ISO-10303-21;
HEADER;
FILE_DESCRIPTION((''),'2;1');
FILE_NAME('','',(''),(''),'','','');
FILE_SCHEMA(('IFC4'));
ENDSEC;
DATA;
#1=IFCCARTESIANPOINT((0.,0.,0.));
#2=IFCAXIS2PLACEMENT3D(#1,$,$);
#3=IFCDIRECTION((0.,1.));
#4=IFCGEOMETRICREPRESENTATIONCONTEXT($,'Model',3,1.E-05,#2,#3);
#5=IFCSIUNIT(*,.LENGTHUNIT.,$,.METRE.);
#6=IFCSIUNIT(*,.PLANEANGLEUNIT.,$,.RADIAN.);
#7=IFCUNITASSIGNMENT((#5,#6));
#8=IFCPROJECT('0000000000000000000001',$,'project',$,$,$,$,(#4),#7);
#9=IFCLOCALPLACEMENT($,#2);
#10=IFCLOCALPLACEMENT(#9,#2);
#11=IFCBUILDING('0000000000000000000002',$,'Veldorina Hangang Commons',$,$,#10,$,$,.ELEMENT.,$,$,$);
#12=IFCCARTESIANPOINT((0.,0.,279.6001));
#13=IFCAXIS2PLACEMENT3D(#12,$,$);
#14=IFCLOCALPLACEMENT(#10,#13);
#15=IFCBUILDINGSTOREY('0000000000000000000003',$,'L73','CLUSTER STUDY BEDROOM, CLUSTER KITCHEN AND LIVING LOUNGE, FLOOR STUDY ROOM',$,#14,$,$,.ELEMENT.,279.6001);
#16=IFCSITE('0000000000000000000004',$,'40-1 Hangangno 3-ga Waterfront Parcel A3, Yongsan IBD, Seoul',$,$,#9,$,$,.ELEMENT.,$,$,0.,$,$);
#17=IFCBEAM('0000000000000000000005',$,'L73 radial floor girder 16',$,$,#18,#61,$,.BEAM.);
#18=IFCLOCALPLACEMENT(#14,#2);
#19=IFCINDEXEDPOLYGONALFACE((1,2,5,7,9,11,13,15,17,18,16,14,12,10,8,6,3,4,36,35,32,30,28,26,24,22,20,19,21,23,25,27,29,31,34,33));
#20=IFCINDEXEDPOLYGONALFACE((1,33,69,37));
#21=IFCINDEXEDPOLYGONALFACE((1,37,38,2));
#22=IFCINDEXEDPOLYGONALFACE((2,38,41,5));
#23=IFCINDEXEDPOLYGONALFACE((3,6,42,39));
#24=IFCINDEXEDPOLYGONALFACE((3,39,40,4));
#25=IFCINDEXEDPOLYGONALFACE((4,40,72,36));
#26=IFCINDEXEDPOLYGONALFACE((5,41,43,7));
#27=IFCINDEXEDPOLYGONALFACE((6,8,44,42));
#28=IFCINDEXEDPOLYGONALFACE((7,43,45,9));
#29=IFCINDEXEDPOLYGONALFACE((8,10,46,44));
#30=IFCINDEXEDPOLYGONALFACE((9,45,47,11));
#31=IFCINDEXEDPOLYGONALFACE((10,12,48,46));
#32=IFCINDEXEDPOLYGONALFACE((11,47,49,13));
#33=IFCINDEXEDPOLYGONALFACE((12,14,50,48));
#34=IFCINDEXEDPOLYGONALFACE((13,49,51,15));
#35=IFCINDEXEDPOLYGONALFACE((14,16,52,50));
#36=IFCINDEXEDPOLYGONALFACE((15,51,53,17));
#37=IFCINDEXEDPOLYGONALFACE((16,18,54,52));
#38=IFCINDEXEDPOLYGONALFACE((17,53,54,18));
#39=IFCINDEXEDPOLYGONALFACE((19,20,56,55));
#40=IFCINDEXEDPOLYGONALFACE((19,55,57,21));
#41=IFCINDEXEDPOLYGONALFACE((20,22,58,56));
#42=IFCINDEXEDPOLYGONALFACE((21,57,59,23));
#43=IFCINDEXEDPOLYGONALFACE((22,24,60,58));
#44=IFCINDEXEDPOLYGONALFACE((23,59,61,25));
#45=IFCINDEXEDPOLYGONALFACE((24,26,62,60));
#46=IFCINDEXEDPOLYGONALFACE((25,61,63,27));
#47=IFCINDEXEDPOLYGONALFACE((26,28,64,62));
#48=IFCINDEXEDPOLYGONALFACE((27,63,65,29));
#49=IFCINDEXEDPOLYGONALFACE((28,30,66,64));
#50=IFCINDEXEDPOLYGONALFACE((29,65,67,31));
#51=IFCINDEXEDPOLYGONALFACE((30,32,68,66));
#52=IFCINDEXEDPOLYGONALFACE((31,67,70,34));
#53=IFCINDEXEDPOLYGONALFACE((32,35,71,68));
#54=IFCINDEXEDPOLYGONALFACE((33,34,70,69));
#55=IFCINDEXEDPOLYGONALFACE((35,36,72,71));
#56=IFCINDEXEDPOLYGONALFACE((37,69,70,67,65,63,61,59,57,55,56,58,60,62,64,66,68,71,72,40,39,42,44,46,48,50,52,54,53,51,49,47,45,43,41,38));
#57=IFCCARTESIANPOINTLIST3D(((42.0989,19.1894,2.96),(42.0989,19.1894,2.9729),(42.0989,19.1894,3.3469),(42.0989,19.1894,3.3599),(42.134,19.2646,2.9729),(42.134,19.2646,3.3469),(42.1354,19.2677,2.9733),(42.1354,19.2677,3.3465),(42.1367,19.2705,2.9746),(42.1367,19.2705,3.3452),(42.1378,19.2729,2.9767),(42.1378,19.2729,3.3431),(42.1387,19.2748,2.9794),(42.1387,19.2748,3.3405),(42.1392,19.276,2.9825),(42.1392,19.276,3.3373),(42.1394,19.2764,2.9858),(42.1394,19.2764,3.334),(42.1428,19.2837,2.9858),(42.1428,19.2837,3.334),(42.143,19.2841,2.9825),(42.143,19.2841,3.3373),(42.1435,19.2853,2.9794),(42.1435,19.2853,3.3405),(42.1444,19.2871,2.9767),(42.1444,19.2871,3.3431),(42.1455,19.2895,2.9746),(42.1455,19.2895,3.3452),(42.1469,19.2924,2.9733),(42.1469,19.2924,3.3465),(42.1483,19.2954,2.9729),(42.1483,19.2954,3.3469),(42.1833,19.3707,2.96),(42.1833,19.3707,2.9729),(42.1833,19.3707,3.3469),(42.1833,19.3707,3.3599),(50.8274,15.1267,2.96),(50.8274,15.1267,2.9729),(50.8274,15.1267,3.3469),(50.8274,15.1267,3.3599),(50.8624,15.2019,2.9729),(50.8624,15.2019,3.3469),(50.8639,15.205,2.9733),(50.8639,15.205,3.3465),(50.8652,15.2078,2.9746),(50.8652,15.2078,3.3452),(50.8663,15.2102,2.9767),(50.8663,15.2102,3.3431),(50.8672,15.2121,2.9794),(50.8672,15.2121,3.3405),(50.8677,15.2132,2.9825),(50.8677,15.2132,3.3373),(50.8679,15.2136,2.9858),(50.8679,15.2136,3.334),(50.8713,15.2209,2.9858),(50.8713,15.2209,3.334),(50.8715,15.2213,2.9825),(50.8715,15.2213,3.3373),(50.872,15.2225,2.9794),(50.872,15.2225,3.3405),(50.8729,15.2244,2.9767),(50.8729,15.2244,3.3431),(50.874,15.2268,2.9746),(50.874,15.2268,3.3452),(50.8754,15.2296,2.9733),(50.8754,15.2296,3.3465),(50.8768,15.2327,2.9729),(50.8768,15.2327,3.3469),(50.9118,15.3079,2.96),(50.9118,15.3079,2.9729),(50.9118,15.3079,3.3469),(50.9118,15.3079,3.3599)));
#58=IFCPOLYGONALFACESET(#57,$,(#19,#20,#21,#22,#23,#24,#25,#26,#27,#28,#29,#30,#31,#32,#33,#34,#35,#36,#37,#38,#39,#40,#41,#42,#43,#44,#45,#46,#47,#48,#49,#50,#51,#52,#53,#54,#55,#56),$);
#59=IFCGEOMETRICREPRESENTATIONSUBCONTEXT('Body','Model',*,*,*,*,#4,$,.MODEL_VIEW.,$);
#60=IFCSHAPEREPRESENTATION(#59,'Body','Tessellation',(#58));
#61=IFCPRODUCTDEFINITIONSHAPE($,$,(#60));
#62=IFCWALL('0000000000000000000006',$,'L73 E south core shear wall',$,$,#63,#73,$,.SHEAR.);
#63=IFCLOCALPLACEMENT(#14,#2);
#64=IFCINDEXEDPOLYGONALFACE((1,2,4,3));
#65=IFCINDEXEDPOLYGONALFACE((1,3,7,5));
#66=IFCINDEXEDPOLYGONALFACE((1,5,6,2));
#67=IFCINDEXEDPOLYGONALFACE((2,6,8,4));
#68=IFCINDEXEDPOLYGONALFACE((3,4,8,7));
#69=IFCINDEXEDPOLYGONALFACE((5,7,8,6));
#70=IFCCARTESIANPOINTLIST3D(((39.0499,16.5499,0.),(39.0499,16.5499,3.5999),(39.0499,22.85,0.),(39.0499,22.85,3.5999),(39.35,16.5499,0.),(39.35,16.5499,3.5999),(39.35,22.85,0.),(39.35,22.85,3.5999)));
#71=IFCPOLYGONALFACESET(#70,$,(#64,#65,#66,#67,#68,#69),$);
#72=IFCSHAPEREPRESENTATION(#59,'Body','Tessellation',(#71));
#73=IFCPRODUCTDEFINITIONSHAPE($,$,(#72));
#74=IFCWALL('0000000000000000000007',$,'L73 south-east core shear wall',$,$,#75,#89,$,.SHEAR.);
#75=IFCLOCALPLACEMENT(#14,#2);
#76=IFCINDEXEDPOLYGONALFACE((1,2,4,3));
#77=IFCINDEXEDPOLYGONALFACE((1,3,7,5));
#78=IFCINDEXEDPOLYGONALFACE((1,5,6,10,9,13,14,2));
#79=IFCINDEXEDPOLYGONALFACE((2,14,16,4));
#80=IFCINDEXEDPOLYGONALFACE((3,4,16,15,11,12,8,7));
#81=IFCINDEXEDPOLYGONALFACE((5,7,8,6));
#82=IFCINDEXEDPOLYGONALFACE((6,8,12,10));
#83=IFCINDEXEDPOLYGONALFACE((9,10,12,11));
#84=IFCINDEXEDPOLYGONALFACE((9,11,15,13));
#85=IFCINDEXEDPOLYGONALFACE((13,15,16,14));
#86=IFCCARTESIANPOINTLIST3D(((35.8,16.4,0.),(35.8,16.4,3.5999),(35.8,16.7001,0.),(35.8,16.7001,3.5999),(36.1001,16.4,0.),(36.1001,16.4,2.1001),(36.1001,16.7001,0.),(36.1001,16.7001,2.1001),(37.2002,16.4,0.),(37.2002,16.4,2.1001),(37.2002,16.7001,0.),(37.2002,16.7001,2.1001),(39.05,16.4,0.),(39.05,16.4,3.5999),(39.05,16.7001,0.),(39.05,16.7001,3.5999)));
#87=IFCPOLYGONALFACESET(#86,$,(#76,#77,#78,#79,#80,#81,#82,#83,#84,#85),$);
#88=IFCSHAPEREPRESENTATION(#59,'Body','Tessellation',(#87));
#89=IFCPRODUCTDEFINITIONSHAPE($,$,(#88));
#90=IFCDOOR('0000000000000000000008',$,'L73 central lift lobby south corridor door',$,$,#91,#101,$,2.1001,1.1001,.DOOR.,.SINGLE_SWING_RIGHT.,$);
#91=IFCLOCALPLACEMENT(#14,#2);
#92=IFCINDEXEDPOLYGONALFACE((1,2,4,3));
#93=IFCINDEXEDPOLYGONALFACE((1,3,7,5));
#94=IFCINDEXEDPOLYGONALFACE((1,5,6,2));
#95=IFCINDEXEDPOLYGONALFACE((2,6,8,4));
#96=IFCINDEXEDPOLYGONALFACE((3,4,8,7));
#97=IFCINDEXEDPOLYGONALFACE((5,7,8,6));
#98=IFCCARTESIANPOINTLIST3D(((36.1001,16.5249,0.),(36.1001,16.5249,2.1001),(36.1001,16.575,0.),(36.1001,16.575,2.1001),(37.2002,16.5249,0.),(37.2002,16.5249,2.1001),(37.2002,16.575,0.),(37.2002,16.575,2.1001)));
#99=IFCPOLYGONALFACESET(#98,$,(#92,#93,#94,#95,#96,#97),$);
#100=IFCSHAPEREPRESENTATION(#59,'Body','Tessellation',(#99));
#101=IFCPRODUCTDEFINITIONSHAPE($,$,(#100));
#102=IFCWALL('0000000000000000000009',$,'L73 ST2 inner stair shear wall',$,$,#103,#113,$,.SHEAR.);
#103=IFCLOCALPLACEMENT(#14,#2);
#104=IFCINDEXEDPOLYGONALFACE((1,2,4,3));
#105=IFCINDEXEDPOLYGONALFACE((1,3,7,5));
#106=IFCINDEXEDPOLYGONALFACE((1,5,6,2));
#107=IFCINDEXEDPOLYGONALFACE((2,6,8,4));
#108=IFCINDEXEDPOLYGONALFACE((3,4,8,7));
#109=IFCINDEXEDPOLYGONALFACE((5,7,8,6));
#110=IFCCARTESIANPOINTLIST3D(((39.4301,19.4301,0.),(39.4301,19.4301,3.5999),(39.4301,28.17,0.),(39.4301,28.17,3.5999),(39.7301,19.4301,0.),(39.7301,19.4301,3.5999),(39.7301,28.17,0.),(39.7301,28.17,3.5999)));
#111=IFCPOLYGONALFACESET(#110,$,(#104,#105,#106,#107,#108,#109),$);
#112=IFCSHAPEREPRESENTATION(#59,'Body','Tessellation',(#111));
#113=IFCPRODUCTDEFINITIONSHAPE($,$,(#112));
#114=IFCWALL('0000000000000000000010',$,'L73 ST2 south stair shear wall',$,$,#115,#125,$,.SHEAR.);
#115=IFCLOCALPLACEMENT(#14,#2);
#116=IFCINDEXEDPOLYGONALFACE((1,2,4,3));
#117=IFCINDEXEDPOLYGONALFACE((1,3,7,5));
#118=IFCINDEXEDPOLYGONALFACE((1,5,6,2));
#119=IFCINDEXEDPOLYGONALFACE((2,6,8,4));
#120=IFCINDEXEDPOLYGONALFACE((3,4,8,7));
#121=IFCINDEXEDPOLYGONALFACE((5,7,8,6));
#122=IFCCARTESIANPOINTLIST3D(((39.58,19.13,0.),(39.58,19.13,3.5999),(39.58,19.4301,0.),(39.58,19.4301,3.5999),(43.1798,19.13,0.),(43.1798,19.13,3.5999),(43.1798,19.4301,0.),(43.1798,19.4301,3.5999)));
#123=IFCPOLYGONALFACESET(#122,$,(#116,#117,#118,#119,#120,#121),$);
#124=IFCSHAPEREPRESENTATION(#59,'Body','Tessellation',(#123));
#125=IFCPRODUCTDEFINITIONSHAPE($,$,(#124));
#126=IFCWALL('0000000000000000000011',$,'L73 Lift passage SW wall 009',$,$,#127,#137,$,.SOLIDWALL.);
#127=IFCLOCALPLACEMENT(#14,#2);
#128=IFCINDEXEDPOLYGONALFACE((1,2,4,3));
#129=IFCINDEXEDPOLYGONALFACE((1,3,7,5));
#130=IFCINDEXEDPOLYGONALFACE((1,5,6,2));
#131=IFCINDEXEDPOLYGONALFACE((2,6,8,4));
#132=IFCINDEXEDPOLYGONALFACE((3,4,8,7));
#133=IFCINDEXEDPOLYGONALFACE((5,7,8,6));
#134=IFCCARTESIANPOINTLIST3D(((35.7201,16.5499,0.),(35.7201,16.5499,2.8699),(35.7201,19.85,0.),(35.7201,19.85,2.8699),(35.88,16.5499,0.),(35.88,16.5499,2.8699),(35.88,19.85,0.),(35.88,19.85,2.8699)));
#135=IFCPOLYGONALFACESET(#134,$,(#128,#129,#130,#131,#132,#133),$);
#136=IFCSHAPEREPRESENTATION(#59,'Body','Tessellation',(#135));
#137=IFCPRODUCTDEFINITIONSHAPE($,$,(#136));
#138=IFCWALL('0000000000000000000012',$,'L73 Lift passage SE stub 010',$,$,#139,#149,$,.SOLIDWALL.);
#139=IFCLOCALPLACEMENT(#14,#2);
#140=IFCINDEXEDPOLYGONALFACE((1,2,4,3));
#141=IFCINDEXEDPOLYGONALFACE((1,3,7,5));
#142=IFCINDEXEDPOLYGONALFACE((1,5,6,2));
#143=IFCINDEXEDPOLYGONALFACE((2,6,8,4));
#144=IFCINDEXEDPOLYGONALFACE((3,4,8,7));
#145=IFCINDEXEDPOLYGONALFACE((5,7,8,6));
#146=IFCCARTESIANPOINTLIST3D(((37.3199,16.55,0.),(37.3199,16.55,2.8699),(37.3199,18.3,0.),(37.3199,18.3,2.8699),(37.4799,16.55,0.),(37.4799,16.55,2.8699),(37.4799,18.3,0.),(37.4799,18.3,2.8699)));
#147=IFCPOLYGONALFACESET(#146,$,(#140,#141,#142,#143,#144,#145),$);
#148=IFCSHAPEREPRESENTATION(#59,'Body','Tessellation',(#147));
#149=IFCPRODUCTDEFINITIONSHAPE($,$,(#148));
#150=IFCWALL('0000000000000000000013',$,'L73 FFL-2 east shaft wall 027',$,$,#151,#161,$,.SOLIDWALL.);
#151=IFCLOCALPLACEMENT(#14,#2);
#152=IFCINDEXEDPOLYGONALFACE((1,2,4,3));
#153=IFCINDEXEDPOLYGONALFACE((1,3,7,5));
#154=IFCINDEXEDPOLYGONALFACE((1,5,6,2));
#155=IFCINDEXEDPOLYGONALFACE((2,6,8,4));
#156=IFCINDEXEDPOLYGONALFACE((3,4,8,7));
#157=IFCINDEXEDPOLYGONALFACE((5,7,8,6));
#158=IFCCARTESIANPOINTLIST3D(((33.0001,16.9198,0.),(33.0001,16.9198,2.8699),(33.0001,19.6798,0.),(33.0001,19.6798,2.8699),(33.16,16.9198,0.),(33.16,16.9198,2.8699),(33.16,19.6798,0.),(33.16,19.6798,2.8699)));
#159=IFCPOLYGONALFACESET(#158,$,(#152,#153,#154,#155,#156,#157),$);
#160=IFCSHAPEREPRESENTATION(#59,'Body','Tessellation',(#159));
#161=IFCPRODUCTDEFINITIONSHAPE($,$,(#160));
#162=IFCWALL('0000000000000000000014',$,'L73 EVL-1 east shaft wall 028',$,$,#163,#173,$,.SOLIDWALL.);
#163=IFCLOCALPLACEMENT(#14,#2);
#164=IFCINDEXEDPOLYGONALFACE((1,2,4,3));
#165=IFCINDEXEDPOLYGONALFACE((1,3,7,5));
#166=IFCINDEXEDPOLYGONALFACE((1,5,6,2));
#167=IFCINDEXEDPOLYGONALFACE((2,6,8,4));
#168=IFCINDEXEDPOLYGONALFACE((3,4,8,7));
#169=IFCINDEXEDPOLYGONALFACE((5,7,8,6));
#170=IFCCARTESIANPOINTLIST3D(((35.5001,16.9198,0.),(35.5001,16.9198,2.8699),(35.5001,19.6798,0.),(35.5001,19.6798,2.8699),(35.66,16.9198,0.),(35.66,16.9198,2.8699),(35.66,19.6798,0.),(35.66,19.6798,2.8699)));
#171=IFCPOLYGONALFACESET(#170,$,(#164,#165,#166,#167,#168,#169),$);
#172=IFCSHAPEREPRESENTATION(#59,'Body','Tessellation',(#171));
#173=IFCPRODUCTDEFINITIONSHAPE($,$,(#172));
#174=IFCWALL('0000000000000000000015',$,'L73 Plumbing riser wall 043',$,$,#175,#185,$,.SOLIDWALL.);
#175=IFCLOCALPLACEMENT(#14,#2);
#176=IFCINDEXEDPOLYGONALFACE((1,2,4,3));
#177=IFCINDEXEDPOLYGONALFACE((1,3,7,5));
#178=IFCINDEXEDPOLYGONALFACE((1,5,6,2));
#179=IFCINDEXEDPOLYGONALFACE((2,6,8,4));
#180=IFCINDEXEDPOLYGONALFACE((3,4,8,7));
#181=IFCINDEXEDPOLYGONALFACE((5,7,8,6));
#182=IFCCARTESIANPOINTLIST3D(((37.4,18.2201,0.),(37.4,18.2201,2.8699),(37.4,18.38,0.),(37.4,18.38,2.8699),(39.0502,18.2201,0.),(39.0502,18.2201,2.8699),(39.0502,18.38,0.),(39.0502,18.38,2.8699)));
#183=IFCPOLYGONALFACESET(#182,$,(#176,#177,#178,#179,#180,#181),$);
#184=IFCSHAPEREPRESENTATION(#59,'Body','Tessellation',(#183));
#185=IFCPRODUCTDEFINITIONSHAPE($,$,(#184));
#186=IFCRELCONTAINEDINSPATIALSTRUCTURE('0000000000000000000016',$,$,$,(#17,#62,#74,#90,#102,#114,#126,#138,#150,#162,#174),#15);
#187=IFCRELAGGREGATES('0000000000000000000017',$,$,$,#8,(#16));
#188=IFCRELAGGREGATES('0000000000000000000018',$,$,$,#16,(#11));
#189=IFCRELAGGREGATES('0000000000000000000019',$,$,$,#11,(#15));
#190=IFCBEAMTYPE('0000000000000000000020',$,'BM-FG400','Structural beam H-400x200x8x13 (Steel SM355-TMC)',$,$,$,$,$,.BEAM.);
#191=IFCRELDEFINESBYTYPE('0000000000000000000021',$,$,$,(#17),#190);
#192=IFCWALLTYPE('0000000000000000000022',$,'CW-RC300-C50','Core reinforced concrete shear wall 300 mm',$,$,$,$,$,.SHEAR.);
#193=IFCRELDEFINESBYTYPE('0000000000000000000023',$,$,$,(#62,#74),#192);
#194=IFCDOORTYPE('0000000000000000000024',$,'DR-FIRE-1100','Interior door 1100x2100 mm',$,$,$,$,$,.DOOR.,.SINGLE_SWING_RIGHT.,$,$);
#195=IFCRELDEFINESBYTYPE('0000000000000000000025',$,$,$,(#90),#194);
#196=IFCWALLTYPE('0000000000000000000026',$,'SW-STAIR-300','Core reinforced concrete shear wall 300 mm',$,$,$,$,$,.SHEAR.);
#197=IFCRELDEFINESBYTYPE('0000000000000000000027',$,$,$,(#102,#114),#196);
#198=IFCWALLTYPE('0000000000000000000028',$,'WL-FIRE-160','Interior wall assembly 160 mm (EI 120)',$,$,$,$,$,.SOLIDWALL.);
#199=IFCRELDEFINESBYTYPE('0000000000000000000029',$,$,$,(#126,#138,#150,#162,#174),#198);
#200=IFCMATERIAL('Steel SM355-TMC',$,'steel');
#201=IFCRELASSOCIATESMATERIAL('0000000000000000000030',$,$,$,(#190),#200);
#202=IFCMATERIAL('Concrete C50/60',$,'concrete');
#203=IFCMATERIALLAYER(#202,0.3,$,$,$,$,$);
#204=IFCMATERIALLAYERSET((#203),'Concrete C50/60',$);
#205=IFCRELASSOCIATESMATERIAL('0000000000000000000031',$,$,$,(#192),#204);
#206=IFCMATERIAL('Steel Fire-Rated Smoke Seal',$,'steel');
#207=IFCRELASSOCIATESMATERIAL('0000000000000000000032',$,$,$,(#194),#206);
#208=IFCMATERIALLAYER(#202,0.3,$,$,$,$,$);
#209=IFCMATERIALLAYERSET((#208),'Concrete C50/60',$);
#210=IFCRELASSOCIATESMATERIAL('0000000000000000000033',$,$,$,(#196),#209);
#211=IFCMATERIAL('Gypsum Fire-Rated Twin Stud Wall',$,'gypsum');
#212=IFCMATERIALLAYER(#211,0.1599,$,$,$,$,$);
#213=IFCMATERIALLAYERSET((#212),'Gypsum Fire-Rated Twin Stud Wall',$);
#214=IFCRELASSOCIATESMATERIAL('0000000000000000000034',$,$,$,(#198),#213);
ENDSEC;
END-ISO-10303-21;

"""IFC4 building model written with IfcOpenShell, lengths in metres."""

from ifc_helpers import new_model, si_unit, direction, frame, frame_2d, origin, origin_2d, place, context, subcontext, project, spatial, rectangle, i_section, extrude, material, layer, layer_set, material_profile, profile_set, type_object, element, fill, save


model = new_model("IFC4")

# Units and contexts
model_context = context("Model", 3, precision=1e-05, world=origin(), true_north=direction((0.0, 1.0)))
body_context = subcontext(model_context, "Body", "Model", "MODEL_VIEW")
ifc_project = project(units=[si_unit("LENGTHUNIT", "METRE"), si_unit("PLANEANGLEUNIT", "RADIAN")], contexts=[model_context])

# Site, building, storey
site_placement = place(None, origin())
site = spatial("IfcSite", under=ifc_project, at=site_placement, Name="40-1 Hangangno 3-ga Waterfront Parcel A3, Yongsan IBD, Seoul", CompositionType="ELEMENT", RefElevation=0.0)
building_placement = place(site_placement, origin())
building = spatial("IfcBuilding", under=site, at=building_placement, Name="Veldorina Hangang Commons", CompositionType="ELEMENT")
storey_placement = place(building_placement, frame((0.0, 0.0, 279.6001)))
storey = spatial("IfcBuildingStorey", under=building, at=storey_placement, Name="L73", Description="CLUSTER STUDY BEDROOM, CLUSTER KITCHEN AND LIVING LOUNGE, FLOOR STUDY ROOM", CompositionType="ELEMENT", Elevation=279.6001)

# Beam
ifc_material_1 = material(Name="Concrete C50/60", Category="concrete")
ifc_material_2 = material(Name="Steel SM355-TMC", Category="steel")
ifc_material_profile_1 = material_profile(ifc_material_2, i_section(OverallWidth=0.2, OverallDepth=0.3999, WebThickness=0.0081, FlangeThickness=0.0129, FilletRadius=0.0129, at=origin_2d()), Name="H-400x200x8x13")
ifc_profile_set_1 = profile_set([ifc_material_profile_1], Name="Steel SM355-TMC")
beam_type_1 = type_object("IfcBeamType", Name="BM-FG400", Description="Structural beam H-400x200x8x13 (Steel SM355-TMC)", PredefinedType="BEAM", material=ifc_profile_set_1)
beam_1_placement = place(storey_placement, frame((42.1411, 19.28, 3.1599), z_axis=(0.906603, -0.421984, 0.0), x_axis=(0.421984, 0.906603, 0.0)))
element("IfcBeam", 1, at=beam_1_placement, inside=storey, type_object=beam_type_1, Name="L73 radial floor girder 16", PredefinedType="BEAM", context=body_context, shape_type="SweptSolid", body=[
    extrude(i_section(OverallWidth=0.2, OverallDepth=0.3999, WebThickness=0.0081, FlangeThickness=0.0129, FilletRadius=0.0129, at=origin_2d()), origin(), (0.0, 0.0, 1.0), 9.6277),
])

# Wall
ifc_layer_1 = layer(ifc_material_1, 0.3)
ifc_layer_set_1 = layer_set([ifc_layer_1], Name="Concrete C50/60")
wall_type_1 = type_object("IfcWallType", Name="CW-RC300-C50", Description="Core reinforced concrete shear wall 300 mm", PredefinedType="SHEAR", material=ifc_layer_set_1)
wall_1_placement = place(storey_placement, frame((39.2, 16.55, 0.0), z_axis=(0.0, 0.0, 1.0), x_axis=(0.0, 1.0, 0.0)))
element("IfcWall", 2, at=wall_1_placement, inside=storey, type_object=wall_type_1, Name="L73 E south core shear wall", PredefinedType="SHEAR", context=body_context, shape_type="SweptSolid", body=[
    extrude(rectangle(XDim=6.3, YDim=0.3, at=frame_2d((3.1499, 0.0))), origin(), (0.0, 0.0, 1.0), 3.5999),
])

# Wall, opening, door
wall_2_placement = place(storey_placement, frame((35.8, 16.55, 0.0), z_axis=(0.0, 0.0, 1.0), x_axis=(1.0, 0.0, 0.0)))
wall_2 = element("IfcWall", 3, at=wall_2_placement, inside=storey, type_object=wall_type_1, Name="L73 south-east core shear wall", PredefinedType="SHEAR", context=body_context, shape_type="SweptSolid", body=[
    extrude(rectangle(XDim=3.25, YDim=0.3, at=frame_2d((1.625, 0.0))), origin(), (0.0, 0.0, 1.0), 3.5999),
])
opening_1_placement = place(wall_2_placement, frame((0.3, 0.0, 0.0)))
opening_1 = element("IfcOpeningElement", 4, at=opening_1_placement, cuts=wall_2, PredefinedType="OPENING", context=body_context, shape_type="SweptSolid", body=[
    extrude(rectangle(XDim=1.1001, YDim=2.1001, at=frame_2d((0.55, 1.05))), frame((0.0, 0.1602, 0.0), z_axis=(0.0, -1.0, 0.0), x_axis=(1.0, 0.0, 0.0)), (0.0, 0.0, 1.0), 0.3201),
])
ifc_material_3 = material(Name="Steel Fire-Rated Smoke Seal", Category="steel")
door_type_1 = type_object("IfcDoorType", Name="DR-FIRE-1100", Description="Interior door 1100x2100 mm", OperationType="SINGLE_SWING_RIGHT", PredefinedType="DOOR", material=ifc_material_3)
door_1_placement = place(opening_1_placement, origin())
door_1 = element("IfcDoor", 5, at=door_1_placement, inside=storey, type_object=door_type_1, Name="L73 central lift lobby south corridor door", OperationType="SINGLE_SWING_RIGHT", OverallHeight=2.1001, OverallWidth=1.1001, PredefinedType="DOOR", context=body_context, shape_type="SweptSolid", body=[
    extrude(rectangle(XDim=1.1001, YDim=2.1001, at=frame_2d((0.55, 1.05))), frame((0.0, 0.0249, 0.0), z_axis=(0.0, -1.0, 0.0), x_axis=(1.0, 0.0, 0.0)), (0.0, 0.0, 1.0), 0.05),
])
fill(opening_1, door_1)

# Walls
ifc_layer_2 = layer(ifc_material_1, 0.3)
ifc_layer_set_2 = layer_set([ifc_layer_2], Name="Concrete C50/60")
wall_type_2 = type_object("IfcWallType", Name="SW-STAIR-300", Description="Core reinforced concrete shear wall 300 mm", PredefinedType="SHEAR", material=ifc_layer_set_2)
wall_3_placement = place(storey_placement, frame((39.5801, 19.4299, 0.0), z_axis=(0.0, 0.0, 1.0), x_axis=(0.0, 1.0, 0.0)))
element("IfcWall", 6, at=wall_3_placement, inside=storey, type_object=wall_type_2, Name="L73 ST2 inner stair shear wall", PredefinedType="SHEAR", context=body_context, shape_type="SweptSolid", body=[
    extrude(rectangle(XDim=8.74, YDim=0.3, at=frame_2d((4.3701, 0.0))), origin(), (0.0, 0.0, 1.0), 3.5999),
])
wall_4_placement = place(storey_placement, frame((39.5801, 19.28, 0.0), z_axis=(0.0, 0.0, 1.0), x_axis=(1.0, 0.0, 0.0)))
element("IfcWall", 7, at=wall_4_placement, inside=storey, type_object=wall_type_2, Name="L73 ST2 south stair shear wall", PredefinedType="SHEAR", context=body_context, shape_type="SweptSolid", body=[
    extrude(rectangle(XDim=3.5999, YDim=0.3, at=frame_2d((1.7998, 0.0))), origin(), (0.0, 0.0, 1.0), 3.5999),
])
ifc_material_4 = material(Name="Gypsum Fire-Rated Twin Stud Wall", Category="gypsum")
ifc_layer_3 = layer(ifc_material_4, 0.1599)
ifc_layer_set_3 = layer_set([ifc_layer_3], Name="Gypsum Fire-Rated Twin Stud Wall")
wall_type_3 = type_object("IfcWallType", Name="WL-FIRE-160", Description="Interior wall assembly 160 mm (EI 120)", PredefinedType="SOLIDWALL", material=ifc_layer_set_3)
wall_5_placement = place(storey_placement, frame((35.8, 16.55, 0.0), z_axis=(0.0, 0.0, 1.0), x_axis=(0.0, 1.0, 0.0)))
element("IfcWall", 8, at=wall_5_placement, inside=storey, type_object=wall_type_3, Name="L73 Lift passage SW wall 009", PredefinedType="SOLIDWALL", context=body_context, shape_type="SweptSolid", body=[
    extrude(rectangle(XDim=3.3, YDim=0.1599, at=frame_2d((1.6499, 0.0))), origin(), (0.0, 0.0, 1.0), 2.8699),
])
wall_6_placement = place(storey_placement, frame((37.3999, 16.55, 0.0), z_axis=(0.0, 0.0, 1.0), x_axis=(0.0, 1.0, 0.0)))
element("IfcWall", 9, at=wall_6_placement, inside=storey, type_object=wall_type_3, Name="L73 Lift passage SE stub 010", PredefinedType="SOLIDWALL", context=body_context, shape_type="SweptSolid", body=[
    extrude(rectangle(XDim=1.75, YDim=0.1599, at=frame_2d((0.875, 0.0))), origin(), (0.0, 0.0, 1.0), 2.8699),
])
for number, where, z_axis, x_axis, name in (
    (10, (33.0801, 16.9199, 0.0), (0.0, 0.0, 1.0), (0.0, 1.0, 0.0), "L73 FFL-2 east shaft wall 027"),
    (11, (35.5801, 16.9199, 0.0), (0.0, 0.0, 1.0), (0.0, 1.0, 0.0), "L73 EVL-1 east shaft wall 028"),
):
    element("IfcWall", number, at=place(storey_placement, frame(where, z_axis=z_axis, x_axis=x_axis)), inside=storey, type_object=wall_type_3, Name=name, PredefinedType="SOLIDWALL", context=body_context, shape_type="SweptSolid", body=[
        extrude(rectangle(XDim=2.76, YDim=0.1599, at=frame_2d((1.3799, 0.0))), origin(), (0.0, 0.0, 1.0), 2.8699),
    ])
wall_7_placement = place(storey_placement, frame((37.3999, 18.3, 0.0), z_axis=(0.0, 0.0, 1.0), x_axis=(1.0, 0.0, 0.0)))
element("IfcWall", 12, at=wall_7_placement, inside=storey, type_object=wall_type_3, Name="L73 Plumbing riser wall 043", PredefinedType="SOLIDWALL", context=body_context, shape_type="SweptSolid", body=[
    extrude(rectangle(XDim=1.6501, YDim=0.1599, at=frame_2d((0.8252, 0.0))), origin(), (0.0, 0.0, 1.0), 2.8699),
])

save(model, "model.ifc")
